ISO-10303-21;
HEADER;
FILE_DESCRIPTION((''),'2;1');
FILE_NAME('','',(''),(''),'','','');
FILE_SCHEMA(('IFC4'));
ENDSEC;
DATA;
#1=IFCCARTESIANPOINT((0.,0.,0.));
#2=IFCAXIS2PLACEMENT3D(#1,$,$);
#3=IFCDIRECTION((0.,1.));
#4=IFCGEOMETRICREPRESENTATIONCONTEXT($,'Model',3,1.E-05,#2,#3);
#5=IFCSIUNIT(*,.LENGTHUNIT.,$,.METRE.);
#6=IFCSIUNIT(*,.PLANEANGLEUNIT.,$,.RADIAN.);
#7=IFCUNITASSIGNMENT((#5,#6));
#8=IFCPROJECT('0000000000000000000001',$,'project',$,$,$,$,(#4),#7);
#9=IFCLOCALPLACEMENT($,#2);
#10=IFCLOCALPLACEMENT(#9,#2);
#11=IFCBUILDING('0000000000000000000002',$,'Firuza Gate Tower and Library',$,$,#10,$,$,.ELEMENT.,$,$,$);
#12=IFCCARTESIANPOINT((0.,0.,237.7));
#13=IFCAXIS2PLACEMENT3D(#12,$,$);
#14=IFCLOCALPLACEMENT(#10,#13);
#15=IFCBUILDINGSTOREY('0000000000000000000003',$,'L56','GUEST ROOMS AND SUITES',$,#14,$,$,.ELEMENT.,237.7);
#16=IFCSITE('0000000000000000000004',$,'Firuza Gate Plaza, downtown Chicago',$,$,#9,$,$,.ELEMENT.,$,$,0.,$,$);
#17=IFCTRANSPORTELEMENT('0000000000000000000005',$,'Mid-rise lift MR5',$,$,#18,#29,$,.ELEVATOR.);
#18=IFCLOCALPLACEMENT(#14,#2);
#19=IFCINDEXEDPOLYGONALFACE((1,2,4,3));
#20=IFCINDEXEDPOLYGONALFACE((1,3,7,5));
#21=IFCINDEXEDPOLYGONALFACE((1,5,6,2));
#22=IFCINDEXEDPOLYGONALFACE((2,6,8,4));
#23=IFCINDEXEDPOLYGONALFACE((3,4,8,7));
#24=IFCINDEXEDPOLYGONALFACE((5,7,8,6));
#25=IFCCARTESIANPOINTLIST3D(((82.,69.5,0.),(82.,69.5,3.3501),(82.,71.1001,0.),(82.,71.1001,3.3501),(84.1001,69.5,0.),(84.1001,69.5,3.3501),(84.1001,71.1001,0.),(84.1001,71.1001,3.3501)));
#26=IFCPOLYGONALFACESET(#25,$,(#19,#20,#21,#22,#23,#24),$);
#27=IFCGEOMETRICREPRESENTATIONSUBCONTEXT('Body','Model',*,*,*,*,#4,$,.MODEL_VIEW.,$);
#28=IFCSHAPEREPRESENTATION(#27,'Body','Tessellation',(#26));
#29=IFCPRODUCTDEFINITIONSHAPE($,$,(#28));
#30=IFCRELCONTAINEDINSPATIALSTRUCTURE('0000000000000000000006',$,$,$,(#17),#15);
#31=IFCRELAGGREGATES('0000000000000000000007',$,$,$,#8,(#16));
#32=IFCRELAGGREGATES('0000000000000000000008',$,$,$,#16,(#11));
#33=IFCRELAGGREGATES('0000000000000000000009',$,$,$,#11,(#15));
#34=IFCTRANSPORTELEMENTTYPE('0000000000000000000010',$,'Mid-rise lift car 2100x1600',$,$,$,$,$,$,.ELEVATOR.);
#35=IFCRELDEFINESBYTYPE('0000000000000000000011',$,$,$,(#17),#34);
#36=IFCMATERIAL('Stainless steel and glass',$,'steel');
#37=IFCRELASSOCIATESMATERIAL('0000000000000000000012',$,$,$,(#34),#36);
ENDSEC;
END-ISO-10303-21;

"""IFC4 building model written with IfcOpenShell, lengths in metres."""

from ifc_helpers import new_model, si_unit, direction, frame, origin, origin_2d, place, context, subcontext, project, spatial, rectangle, extrude, material, type_object, element, save


model = new_model("IFC4")

# Units and contexts
model_context = context("Model", 3, precision=1e-05, world=origin(), true_north=direction((0.0, 1.0)))
body_context = subcontext(model_context, "Body", "Model", "MODEL_VIEW")
ifc_project = project(units=[si_unit("LENGTHUNIT", "METRE"), si_unit("PLANEANGLEUNIT", "RADIAN")], contexts=[model_context])

# Site, building, storey
site_placement = place(None, origin())
site = spatial("IfcSite", under=ifc_project, at=site_placement, Name="Firuza Gate Plaza, downtown Chicago", CompositionType="ELEMENT", RefElevation=0.0)
building_placement = place(site_placement, origin())
building = spatial("IfcBuilding", under=site, at=building_placement, Name="Firuza Gate Tower and Library", CompositionType="ELEMENT")
storey_placement = place(building_placement, frame((0.0, 0.0, 237.7)))
storey = spatial("IfcBuildingStorey", under=building, at=storey_placement, Name="L56", Description="GUEST ROOMS AND SUITES", CompositionType="ELEMENT", Elevation=237.7)

# Transport element
ifc_material_1 = material(Name="Stainless steel and glass", Category="steel")
transport_element_type = type_object("IfcTransportElementType", Name="Mid-rise lift car 2100x1600", PredefinedType="ELEVATOR", material=ifc_material_1)
transport_element_placement = place(storey_placement, frame((83.05, 70.3, 0.0), z_axis=(0.0, 0.0, 1.0), x_axis=(1.0, 0.0, 0.0)))
element("IfcTransportElement", 1, at=transport_element_placement, inside=storey, type_object=transport_element_type, Name="Mid-rise lift MR5", PredefinedType="ELEVATOR", context=body_context, shape_type="SweptSolid", body=[
    extrude(rectangle(XDim=2.1001, YDim=1.6001, at=origin_2d()), origin(), (0.0, 0.0, 1.0), 3.3501),
])

save(model, "model.ifc")
